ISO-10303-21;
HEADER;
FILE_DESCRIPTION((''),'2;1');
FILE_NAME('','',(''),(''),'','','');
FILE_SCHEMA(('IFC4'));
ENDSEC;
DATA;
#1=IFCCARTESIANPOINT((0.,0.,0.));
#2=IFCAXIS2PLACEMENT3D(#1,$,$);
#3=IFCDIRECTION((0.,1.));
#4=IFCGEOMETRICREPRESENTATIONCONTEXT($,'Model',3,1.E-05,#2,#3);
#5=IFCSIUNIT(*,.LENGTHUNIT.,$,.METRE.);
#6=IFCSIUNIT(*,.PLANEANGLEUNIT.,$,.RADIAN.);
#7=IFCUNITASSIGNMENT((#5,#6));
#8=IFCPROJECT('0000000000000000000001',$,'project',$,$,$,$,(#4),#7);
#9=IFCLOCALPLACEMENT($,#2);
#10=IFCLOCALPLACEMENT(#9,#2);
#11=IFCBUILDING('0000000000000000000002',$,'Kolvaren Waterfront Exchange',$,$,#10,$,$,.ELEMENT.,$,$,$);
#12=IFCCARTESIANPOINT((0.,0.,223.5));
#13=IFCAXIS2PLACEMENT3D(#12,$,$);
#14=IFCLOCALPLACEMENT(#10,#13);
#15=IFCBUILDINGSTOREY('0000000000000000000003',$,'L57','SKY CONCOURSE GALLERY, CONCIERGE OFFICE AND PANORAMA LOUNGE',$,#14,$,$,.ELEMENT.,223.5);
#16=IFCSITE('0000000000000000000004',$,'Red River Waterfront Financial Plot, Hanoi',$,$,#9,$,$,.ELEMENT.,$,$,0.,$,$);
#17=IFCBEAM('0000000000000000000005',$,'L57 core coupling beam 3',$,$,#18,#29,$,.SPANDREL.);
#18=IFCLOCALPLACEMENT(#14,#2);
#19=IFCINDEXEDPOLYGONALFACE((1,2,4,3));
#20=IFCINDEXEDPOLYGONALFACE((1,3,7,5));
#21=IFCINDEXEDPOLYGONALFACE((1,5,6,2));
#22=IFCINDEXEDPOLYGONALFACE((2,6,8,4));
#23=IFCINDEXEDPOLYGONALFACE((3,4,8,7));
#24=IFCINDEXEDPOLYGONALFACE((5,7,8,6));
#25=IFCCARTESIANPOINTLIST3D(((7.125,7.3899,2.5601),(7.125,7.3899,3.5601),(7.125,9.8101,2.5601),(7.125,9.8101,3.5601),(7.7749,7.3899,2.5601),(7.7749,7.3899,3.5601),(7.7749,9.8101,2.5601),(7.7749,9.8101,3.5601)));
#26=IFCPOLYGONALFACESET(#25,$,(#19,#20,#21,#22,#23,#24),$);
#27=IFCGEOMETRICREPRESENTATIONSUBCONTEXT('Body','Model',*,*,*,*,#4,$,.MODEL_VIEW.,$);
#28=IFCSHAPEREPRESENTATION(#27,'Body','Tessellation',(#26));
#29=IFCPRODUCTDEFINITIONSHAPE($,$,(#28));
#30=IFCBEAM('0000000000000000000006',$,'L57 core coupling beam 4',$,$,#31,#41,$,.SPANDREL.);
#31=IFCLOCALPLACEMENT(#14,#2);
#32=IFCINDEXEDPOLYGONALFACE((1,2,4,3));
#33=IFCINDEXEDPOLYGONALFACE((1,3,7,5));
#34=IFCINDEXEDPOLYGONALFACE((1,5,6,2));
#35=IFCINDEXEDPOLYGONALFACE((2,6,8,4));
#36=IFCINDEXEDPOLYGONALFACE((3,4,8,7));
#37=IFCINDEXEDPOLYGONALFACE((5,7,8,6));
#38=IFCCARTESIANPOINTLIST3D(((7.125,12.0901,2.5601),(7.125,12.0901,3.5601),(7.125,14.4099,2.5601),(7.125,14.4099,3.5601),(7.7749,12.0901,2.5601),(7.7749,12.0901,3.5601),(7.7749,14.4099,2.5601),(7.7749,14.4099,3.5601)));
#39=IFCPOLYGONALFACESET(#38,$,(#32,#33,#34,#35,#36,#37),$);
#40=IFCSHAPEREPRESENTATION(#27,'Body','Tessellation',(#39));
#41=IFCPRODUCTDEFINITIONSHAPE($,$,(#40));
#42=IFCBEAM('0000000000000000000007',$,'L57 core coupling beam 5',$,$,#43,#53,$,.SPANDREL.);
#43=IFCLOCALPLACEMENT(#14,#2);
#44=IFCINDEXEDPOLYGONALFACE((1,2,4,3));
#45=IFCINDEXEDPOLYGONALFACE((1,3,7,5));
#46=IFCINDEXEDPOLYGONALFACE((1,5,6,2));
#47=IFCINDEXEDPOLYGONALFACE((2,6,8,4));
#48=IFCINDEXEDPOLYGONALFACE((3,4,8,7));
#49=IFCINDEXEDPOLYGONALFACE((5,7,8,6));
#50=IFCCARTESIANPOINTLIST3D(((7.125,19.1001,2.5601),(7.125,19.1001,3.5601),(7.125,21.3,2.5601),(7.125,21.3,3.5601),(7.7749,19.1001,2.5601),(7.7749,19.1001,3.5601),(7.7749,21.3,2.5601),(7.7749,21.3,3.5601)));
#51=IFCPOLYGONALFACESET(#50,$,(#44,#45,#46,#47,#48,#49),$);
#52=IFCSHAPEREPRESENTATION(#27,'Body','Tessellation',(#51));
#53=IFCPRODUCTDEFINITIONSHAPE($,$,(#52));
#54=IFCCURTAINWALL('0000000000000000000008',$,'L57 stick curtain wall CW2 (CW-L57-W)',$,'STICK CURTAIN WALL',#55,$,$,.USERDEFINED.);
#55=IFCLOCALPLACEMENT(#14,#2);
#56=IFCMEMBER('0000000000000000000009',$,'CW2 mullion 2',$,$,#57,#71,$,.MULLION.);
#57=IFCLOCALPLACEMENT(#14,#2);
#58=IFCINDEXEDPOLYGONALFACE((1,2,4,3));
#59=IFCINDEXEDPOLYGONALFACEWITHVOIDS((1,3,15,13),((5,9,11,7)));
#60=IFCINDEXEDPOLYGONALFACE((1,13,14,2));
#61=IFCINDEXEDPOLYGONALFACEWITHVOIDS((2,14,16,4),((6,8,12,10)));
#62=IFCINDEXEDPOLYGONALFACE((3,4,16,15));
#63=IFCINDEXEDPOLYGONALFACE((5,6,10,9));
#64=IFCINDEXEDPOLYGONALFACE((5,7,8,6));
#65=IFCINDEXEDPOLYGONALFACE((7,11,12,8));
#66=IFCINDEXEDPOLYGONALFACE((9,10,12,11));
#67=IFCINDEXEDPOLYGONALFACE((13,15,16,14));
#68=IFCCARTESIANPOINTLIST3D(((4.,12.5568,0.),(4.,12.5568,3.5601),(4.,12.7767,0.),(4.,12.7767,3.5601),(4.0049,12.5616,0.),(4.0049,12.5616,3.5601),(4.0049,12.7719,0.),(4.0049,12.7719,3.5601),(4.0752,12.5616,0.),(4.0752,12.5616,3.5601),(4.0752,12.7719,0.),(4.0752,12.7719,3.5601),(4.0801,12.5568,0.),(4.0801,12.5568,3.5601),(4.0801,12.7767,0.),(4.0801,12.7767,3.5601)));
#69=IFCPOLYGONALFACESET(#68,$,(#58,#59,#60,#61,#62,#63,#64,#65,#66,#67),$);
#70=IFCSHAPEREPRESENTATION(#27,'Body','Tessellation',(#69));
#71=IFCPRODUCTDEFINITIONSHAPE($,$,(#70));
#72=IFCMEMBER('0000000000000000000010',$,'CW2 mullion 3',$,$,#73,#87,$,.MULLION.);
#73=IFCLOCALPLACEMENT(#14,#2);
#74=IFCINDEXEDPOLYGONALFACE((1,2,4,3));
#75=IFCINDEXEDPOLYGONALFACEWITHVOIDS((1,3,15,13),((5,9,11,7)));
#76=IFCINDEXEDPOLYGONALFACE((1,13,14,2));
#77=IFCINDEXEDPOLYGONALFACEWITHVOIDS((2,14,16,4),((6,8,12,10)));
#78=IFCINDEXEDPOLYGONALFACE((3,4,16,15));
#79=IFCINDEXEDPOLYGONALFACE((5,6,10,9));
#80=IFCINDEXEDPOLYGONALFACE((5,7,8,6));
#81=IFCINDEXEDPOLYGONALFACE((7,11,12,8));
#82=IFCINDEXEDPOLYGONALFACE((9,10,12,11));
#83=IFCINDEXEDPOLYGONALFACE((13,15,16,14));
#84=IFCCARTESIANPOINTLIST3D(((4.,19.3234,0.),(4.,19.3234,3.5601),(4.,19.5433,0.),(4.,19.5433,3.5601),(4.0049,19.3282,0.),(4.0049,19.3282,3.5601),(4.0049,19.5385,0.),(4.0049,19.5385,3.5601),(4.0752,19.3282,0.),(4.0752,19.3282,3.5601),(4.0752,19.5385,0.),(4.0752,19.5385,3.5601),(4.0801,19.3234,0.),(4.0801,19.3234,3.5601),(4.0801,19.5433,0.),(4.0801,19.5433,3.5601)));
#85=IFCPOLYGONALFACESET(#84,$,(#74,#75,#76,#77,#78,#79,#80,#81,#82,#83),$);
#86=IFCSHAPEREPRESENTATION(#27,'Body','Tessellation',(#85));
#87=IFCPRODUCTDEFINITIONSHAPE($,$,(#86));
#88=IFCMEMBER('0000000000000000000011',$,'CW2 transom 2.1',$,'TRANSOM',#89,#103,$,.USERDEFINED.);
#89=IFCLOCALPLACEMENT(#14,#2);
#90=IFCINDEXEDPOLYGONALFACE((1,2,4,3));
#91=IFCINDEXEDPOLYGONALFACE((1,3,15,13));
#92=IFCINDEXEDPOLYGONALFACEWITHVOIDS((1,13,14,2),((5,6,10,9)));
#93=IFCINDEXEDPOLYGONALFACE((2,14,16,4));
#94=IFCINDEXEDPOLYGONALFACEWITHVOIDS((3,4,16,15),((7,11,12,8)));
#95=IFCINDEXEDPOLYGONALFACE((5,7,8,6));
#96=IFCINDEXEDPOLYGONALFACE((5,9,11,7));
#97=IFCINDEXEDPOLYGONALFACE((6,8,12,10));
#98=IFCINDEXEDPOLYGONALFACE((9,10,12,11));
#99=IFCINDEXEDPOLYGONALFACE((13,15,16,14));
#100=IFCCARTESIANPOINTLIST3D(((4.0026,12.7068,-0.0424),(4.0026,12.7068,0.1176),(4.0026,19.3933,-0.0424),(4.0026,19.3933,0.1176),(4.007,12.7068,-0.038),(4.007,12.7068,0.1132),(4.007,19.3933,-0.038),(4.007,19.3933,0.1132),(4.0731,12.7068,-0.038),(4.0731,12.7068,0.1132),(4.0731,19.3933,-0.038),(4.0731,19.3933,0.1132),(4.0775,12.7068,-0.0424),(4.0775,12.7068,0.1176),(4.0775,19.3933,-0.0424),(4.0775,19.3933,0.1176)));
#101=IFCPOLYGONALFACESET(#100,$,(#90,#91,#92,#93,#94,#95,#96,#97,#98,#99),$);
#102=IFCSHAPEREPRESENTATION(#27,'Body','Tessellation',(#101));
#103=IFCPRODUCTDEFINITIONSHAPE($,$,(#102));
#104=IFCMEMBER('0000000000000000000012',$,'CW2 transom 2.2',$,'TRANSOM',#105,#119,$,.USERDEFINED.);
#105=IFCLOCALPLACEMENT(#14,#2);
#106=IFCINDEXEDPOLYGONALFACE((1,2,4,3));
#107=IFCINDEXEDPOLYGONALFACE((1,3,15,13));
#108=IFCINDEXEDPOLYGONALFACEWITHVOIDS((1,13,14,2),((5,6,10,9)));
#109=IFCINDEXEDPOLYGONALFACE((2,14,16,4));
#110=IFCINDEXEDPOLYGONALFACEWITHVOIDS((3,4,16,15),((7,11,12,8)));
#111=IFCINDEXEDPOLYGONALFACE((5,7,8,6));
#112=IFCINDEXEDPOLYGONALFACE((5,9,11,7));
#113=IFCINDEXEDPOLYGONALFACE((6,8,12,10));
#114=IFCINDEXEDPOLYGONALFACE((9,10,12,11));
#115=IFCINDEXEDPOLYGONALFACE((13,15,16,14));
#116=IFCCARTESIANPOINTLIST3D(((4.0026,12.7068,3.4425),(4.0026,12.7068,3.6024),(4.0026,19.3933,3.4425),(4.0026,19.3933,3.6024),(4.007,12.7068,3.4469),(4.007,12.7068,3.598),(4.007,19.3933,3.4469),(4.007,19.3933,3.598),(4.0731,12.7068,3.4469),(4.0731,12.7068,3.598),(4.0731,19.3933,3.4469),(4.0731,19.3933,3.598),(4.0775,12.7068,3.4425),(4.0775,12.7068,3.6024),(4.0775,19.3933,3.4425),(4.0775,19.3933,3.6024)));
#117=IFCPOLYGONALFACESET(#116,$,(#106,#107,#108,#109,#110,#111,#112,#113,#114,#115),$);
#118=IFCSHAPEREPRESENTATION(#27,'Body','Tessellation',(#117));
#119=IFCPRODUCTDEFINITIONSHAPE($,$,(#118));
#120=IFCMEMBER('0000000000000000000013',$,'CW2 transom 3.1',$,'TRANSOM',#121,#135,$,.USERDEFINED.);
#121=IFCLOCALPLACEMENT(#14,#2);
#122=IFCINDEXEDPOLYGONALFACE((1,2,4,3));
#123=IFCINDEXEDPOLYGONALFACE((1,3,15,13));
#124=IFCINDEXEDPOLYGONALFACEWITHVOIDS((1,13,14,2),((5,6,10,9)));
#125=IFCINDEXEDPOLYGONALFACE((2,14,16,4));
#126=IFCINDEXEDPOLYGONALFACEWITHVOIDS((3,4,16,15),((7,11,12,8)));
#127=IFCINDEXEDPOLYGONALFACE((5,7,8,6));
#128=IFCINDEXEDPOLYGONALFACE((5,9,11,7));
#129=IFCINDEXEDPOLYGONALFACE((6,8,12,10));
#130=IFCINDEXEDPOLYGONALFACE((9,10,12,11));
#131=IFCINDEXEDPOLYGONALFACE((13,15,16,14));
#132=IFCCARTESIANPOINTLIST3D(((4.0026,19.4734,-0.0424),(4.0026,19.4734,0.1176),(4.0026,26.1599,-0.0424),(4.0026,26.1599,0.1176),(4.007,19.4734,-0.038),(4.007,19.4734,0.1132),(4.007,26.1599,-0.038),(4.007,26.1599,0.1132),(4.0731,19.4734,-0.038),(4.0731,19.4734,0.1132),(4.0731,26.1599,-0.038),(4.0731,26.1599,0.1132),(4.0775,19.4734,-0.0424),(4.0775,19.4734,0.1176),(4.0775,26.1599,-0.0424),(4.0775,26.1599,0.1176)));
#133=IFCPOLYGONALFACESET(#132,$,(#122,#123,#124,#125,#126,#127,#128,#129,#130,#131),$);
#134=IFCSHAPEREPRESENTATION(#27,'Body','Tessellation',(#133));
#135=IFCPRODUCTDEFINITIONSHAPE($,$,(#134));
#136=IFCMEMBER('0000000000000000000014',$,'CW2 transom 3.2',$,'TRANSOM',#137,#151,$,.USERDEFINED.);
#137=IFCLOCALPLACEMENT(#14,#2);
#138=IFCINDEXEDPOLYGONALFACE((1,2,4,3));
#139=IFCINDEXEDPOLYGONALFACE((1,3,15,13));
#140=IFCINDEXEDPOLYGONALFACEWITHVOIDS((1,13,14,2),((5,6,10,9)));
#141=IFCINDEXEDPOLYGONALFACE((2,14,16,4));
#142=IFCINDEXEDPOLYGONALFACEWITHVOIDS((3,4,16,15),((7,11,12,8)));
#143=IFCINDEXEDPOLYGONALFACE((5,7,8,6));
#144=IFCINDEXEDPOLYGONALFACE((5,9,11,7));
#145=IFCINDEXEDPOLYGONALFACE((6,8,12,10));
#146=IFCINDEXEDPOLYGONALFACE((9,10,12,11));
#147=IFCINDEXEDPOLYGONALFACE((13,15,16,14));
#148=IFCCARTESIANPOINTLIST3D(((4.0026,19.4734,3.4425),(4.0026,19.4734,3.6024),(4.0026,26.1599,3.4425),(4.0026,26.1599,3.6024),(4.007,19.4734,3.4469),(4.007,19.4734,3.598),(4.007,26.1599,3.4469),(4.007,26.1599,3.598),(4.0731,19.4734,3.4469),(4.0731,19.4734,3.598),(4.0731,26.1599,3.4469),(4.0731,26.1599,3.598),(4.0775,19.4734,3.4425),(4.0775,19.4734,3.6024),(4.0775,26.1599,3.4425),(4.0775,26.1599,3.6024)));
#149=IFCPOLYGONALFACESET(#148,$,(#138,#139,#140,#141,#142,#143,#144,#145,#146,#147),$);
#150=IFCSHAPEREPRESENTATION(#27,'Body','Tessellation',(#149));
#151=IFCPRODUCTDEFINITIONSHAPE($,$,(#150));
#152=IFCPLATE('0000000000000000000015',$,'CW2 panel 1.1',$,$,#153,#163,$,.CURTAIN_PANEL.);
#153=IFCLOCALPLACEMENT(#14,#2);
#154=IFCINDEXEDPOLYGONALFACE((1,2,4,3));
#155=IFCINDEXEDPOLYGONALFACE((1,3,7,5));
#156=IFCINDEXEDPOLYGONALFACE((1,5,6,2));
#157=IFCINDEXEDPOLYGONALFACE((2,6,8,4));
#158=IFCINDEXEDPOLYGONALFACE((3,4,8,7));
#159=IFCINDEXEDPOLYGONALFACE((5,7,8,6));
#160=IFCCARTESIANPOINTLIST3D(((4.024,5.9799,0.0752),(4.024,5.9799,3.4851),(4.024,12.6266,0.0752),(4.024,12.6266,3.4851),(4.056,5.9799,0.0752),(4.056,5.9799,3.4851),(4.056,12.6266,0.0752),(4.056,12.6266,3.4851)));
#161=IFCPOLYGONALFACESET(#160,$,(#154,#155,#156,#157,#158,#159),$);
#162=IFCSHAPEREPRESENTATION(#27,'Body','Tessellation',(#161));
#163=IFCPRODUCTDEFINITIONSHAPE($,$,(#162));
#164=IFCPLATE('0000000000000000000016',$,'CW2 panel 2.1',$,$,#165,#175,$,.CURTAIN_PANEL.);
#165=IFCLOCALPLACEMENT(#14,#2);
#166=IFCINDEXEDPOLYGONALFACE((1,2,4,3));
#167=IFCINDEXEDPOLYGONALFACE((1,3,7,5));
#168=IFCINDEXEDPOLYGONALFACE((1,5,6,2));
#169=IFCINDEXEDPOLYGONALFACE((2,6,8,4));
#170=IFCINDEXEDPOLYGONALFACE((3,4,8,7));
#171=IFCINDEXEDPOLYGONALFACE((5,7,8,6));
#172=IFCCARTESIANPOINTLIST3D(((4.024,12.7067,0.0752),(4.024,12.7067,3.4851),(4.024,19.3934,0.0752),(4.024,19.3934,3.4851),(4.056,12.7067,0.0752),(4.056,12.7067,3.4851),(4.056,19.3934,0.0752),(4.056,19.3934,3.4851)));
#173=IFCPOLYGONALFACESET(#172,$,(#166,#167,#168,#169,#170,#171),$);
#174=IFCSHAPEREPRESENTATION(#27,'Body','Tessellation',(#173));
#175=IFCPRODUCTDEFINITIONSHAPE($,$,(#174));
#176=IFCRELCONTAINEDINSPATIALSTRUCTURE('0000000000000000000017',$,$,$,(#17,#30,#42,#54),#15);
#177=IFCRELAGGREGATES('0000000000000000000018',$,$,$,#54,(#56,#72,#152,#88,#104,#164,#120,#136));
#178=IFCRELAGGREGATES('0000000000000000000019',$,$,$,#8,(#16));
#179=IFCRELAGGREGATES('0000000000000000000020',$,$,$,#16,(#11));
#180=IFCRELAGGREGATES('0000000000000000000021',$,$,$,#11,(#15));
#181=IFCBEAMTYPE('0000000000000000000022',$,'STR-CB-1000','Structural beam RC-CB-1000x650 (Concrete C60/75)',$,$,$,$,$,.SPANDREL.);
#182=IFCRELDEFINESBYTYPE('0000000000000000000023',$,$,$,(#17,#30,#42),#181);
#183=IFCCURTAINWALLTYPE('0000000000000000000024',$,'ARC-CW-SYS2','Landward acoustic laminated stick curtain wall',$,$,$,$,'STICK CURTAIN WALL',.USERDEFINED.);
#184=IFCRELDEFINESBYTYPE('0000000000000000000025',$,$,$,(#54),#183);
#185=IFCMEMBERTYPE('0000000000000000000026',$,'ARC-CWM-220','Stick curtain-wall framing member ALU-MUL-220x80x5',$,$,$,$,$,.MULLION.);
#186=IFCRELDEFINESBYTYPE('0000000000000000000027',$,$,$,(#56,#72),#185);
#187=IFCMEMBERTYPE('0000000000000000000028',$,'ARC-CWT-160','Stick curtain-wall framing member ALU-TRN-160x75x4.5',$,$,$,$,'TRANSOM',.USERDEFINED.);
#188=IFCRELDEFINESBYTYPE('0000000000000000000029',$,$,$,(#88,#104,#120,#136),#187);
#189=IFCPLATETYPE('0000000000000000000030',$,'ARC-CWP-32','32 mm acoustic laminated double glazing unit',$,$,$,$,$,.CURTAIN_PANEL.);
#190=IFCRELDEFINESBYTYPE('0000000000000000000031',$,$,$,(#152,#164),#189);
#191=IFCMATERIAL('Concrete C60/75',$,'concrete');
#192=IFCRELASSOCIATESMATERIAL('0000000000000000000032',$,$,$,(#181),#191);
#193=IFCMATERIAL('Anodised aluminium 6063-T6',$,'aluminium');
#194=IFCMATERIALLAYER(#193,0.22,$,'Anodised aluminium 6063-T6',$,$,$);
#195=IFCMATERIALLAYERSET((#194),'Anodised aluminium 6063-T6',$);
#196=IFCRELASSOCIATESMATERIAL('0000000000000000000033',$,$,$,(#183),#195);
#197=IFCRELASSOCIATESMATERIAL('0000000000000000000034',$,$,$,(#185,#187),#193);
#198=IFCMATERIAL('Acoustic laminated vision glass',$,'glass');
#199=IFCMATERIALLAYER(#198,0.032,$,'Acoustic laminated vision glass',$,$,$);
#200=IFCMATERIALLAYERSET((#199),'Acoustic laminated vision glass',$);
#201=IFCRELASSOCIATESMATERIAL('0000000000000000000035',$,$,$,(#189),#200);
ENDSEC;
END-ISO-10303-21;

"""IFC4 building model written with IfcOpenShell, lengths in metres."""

from ifc_helpers import new_model, si_unit, direction, frame, origin, origin_with_axes, origin_2d, place, context, subcontext, project, spatial, rectangle, hollow_rectangle, extrude, source, transform, mapped, material, layer, layer_set, material_profile, profile_set, type_object, element, aggregate, save


model = new_model("IFC4")

# Units and contexts
model_context = context("Model", 3, precision=1e-05, world=origin(), true_north=direction((0.0, 1.0)))
body_context = subcontext(model_context, "Body", "Model", "MODEL_VIEW")
ifc_project = project(units=[si_unit("LENGTHUNIT", "METRE"), si_unit("PLANEANGLEUNIT", "RADIAN")], contexts=[model_context])

# Site, building, storey
site_placement = place(None, origin())
site = spatial("IfcSite", under=ifc_project, at=site_placement, Name="Red River Waterfront Financial Plot, Hanoi", CompositionType="ELEMENT", RefElevation=0.0)
building_placement = place(site_placement, origin())
building = spatial("IfcBuilding", under=site, at=building_placement, Name="Kolvaren Waterfront Exchange", CompositionType="ELEMENT")
storey_placement = place(building_placement, frame((0.0, 0.0, 223.5)))
storey = spatial("IfcBuildingStorey", under=building, at=storey_placement, Name="L57", Description="SKY CONCOURSE GALLERY, CONCIERGE OFFICE AND PANORAMA LOUNGE", CompositionType="ELEMENT", Elevation=223.5)

# Beams
ifc_material_1 = material(Name="Concrete C60/75", Category="concrete")
ifc_material_profile_1 = material_profile(ifc_material_1, rectangle(XDim=0.6499, YDim=1.0, at=origin_2d()), Name="RC-CB-1000x650")
ifc_profile_set_1 = profile_set([ifc_material_profile_1], Name="Concrete C60/75")
beam_type = type_object("IfcBeamType", Name="STR-CB-1000", Description="Structural beam RC-CB-1000x650 (Concrete C60/75)", PredefinedType="SPANDREL", material=ifc_profile_set_1)
beam_1_placement = place(storey_placement, frame((7.45, 7.3899, 3.0601), z_axis=(0.0, 1.0, 0.0), x_axis=(-1.0, 0.0, 0.0)))
element("IfcBeam", 1, at=beam_1_placement, inside=storey, type_object=beam_type, Name="L57 core coupling beam 3", PredefinedType="SPANDREL", context=body_context, shape_type="SweptSolid", body=[
    extrude(rectangle(XDim=0.6499, YDim=1.0, at=origin_2d()), origin(), (0.0, 0.0, 1.0), 2.4202),
])
beam_2_placement = place(storey_placement, frame((7.45, 12.0901, 3.0601), z_axis=(0.0, 1.0, 0.0), x_axis=(-1.0, 0.0, 0.0)))
element("IfcBeam", 2, at=beam_2_placement, inside=storey, type_object=beam_type, Name="L57 core coupling beam 4", PredefinedType="SPANDREL", context=body_context, shape_type="SweptSolid", body=[
    extrude(rectangle(XDim=0.6499, YDim=1.0, at=origin_2d()), origin(), (0.0, 0.0, 1.0), 2.3198),
])
beam_3_placement = place(storey_placement, frame((7.45, 19.1001, 3.0601), z_axis=(0.0, 1.0, 0.0), x_axis=(-1.0, 0.0, 0.0)))
element("IfcBeam", 3, at=beam_3_placement, inside=storey, type_object=beam_type, Name="L57 core coupling beam 5", PredefinedType="SPANDREL", context=body_context, shape_type="SweptSolid", body=[
    extrude(rectangle(XDim=0.6499, YDim=1.0, at=origin_2d()), origin(), (0.0, 0.0, 1.0), 2.2),
])

# Curtain wall, members, plates
ifc_material_2 = material(Name="Anodised aluminium 6063-T6", Category="aluminium")
ifc_layer_1 = layer(ifc_material_2, 0.22, Name="Anodised aluminium 6063-T6")
ifc_layer_set_1 = layer_set([ifc_layer_1], Name="Anodised aluminium 6063-T6")
curtain_wall_type = type_object("IfcCurtainWallType", Name="ARC-CW-SYS2", Description="Landward acoustic laminated stick curtain wall", ElementType="STICK CURTAIN WALL", PredefinedType="USERDEFINED", material=ifc_layer_set_1)
curtain_wall_placement = place(storey_placement, origin())
curtain_wall = element("IfcCurtainWall", 4, at=curtain_wall_placement, inside=storey, type_object=curtain_wall_type, Name="L57 stick curtain wall CW2 (CW-L57-W)", ObjectType="STICK CURTAIN WALL", PredefinedType="USERDEFINED")
ifc_material_profile_2 = material_profile(ifc_material_2, hollow_rectangle(XDim=0.0801, YDim=0.22, WallThickness=0.0049, at=origin_2d()), Name="ALU-MUL-220x80x5")
ifc_profile_set_2 = profile_set([ifc_material_profile_2], Name="Anodised aluminium 6063-T6")
member_type_1 = type_object("IfcMemberType", Name="ARC-CWM-220", Description="Stick curtain-wall framing member ALU-MUL-220x80x5", PredefinedType="MULLION", material=ifc_profile_set_2)
shared_shape_1 = source(origin_with_axes(), body_context, "Body", "SweptSolid", [
    extrude(hollow_rectangle(XDim=0.0801, YDim=0.22, WallThickness=0.0049, at=origin_2d()), origin(), (0.0, 0.0, 1.0), 3.5601),
])
member_1_placement = place(storey_placement, frame((4.04, 12.6667, 0.0), z_axis=(0.0, 0.0, 1.0), x_axis=(-1.0, 0.0, 0.0)))
member_1 = element("IfcMember", 5, at=member_1_placement, type_object=member_type_1, Name="CW2 mullion 2", PredefinedType="MULLION", context=body_context, shape_type="MappedRepresentation", body=[
    mapped(shared_shape_1, transform((0.0, 0.0, 0.0), x_axis=(1.0, 0.0, 0.0), y_axis=(0.0, 1.0, 0.0), z_axis=(0.0, 0.0, 1.0), scale=1.0)),
])
member_2_placement = place(storey_placement, frame((4.04, 19.4333, 0.0), z_axis=(0.0, 0.0, 1.0), x_axis=(-1.0, 0.0, 0.0)))
member_2 = element("IfcMember", 6, at=member_2_placement, type_object=member_type_1, Name="CW2 mullion 3", PredefinedType="MULLION", context=body_context, shape_type="MappedRepresentation", body=[
    mapped(shared_shape_1, transform((0.0, 0.0, 0.0), x_axis=(1.0, 0.0, 0.0), y_axis=(0.0, 1.0, 0.0), z_axis=(0.0, 0.0, 1.0), scale=1.0)),
])
ifc_material_profile_3 = material_profile(ifc_material_2, hollow_rectangle(XDim=0.075, YDim=0.1599, WallThickness=0.0044, at=origin_2d()), Name="ALU-TRN-160x75x4.5")
ifc_profile_set_3 = profile_set([ifc_material_profile_3], Name="Anodised aluminium 6063-T6")
member_type_2 = type_object("IfcMemberType", Name="ARC-CWT-160", Description="Stick curtain-wall framing member ALU-TRN-160x75x4.5", ElementType="TRANSOM", PredefinedType="USERDEFINED", material=ifc_profile_set_3)
shared_shape_2 = source(origin_with_axes(), body_context, "Body", "SweptSolid", [
    extrude(hollow_rectangle(XDim=0.075, YDim=0.1599, WallThickness=0.0044, at=origin_2d()), origin(), (0.0, 0.0, 1.0), 6.6865),
])
member_3_placement = place(storey_placement, frame((4.04, 12.7068, 0.0376), z_axis=(0.0, 1.0, 0.0), x_axis=(-1.0, 0.0, 0.0)))
member_3 = element("IfcMember", 7, at=member_3_placement, type_object=member_type_2, Name="CW2 transom 2.1", ObjectType="TRANSOM", PredefinedType="USERDEFINED", context=body_context, shape_type="MappedRepresentation", body=[
    mapped(shared_shape_2, transform((0.0, 0.0, 0.0), x_axis=(1.0, 0.0, 0.0), y_axis=(0.0, 1.0, 0.0), z_axis=(0.0, 0.0, 1.0), scale=1.0)),
])
member_4_placement = place(storey_placement, frame((4.04, 12.7068, 3.5225), z_axis=(0.0, 1.0, 0.0), x_axis=(-1.0, 0.0, 0.0)))
member_4 = element("IfcMember", 8, at=member_4_placement, type_object=member_type_2, Name="CW2 transom 2.2", ObjectType="TRANSOM", PredefinedType="USERDEFINED", context=body_context, shape_type="MappedRepresentation", body=[
    mapped(shared_shape_2, transform((0.0, 0.0, 0.0), x_axis=(1.0, 0.0, 0.0), y_axis=(0.0, 1.0, 0.0), z_axis=(0.0, 0.0, 1.0), scale=1.0)),
])
member_5_placement = place(storey_placement, frame((4.04, 19.4734, 0.0376), z_axis=(0.0, 1.0, 0.0), x_axis=(-1.0, 0.0, 0.0)))
member_5 = element("IfcMember", 9, at=member_5_placement, type_object=member_type_2, Name="CW2 transom 3.1", ObjectType="TRANSOM", PredefinedType="USERDEFINED", context=body_context, shape_type="MappedRepresentation", body=[
    mapped(shared_shape_2, transform((0.0, 0.0, 0.0), x_axis=(1.0, 0.0, 0.0), y_axis=(0.0, 1.0, 0.0), z_axis=(0.0, 0.0, 1.0), scale=1.0)),
])
member_6_placement = place(storey_placement, frame((4.04, 19.4734, 3.5225), z_axis=(0.0, 1.0, 0.0), x_axis=(-1.0, 0.0, 0.0)))
member_6 = element("IfcMember", 10, at=member_6_placement, type_object=member_type_2, Name="CW2 transom 3.2", ObjectType="TRANSOM", PredefinedType="USERDEFINED", context=body_context, shape_type="MappedRepresentation", body=[
    mapped(shared_shape_2, transform((0.0, 0.0, 0.0), x_axis=(1.0, 0.0, 0.0), y_axis=(0.0, 1.0, 0.0), z_axis=(0.0, 0.0, 1.0), scale=1.0)),
])
ifc_material_3 = material(Name="Acoustic laminated vision glass", Category="glass")
ifc_layer_2 = layer(ifc_material_3, 0.032, Name="Acoustic laminated vision glass")
ifc_layer_set_2 = layer_set([ifc_layer_2], Name="Acoustic laminated vision glass")
plate_type = type_object("IfcPlateType", Name="ARC-CWP-32", Description="32 mm acoustic laminated double glazing unit", PredefinedType="CURTAIN_PANEL", material=ifc_layer_set_2)
shared_shape_3 = source(origin_with_axes(), body_context, "Body", "SweptSolid", [
    extrude(rectangle(XDim=6.6467, YDim=0.032, at=origin_2d()), origin(), (0.0, 0.0, 1.0), 3.4099),
])
plate_1_placement = place(storey_placement, frame((4.04, 9.3032, 0.0752), z_axis=(0.0, 0.0, 1.0), x_axis=(0.0, 1.0, 0.0)))
plate_1 = element("IfcPlate", 11, at=plate_1_placement, type_object=plate_type, Name="CW2 panel 1.1", PredefinedType="CURTAIN_PANEL", context=body_context, shape_type="MappedRepresentation", body=[
    mapped(shared_shape_3, transform((0.0, 0.0, 0.0), x_axis=(1.0, 0.0, 0.0), y_axis=(0.0, 1.0, 0.0), z_axis=(0.0, 0.0, 1.0), scale=1.0)),
])
shared_shape_4 = source(origin_with_axes(), body_context, "Body", "SweptSolid", [
    extrude(rectangle(XDim=6.6868, YDim=0.032, at=origin_2d()), origin(), (0.0, 0.0, 1.0), 3.4099),
])
plate_2_placement = place(storey_placement, frame((4.04, 16.05, 0.0752), z_axis=(0.0, 0.0, 1.0), x_axis=(0.0, 1.0, 0.0)))
plate_2 = element("IfcPlate", 12, at=plate_2_placement, type_object=plate_type, Name="CW2 panel 2.1", PredefinedType="CURTAIN_PANEL", context=body_context, shape_type="MappedRepresentation", body=[
    mapped(shared_shape_4, transform((0.0, 0.0, 0.0), x_axis=(1.0, 0.0, 0.0), y_axis=(0.0, 1.0, 0.0), z_axis=(0.0, 0.0, 1.0), scale=1.0)),
])
aggregate(curtain_wall, [member_1, member_2, plate_1, member_3, member_4, plate_2, member_5, member_6])

save(model, "model.ifc")
